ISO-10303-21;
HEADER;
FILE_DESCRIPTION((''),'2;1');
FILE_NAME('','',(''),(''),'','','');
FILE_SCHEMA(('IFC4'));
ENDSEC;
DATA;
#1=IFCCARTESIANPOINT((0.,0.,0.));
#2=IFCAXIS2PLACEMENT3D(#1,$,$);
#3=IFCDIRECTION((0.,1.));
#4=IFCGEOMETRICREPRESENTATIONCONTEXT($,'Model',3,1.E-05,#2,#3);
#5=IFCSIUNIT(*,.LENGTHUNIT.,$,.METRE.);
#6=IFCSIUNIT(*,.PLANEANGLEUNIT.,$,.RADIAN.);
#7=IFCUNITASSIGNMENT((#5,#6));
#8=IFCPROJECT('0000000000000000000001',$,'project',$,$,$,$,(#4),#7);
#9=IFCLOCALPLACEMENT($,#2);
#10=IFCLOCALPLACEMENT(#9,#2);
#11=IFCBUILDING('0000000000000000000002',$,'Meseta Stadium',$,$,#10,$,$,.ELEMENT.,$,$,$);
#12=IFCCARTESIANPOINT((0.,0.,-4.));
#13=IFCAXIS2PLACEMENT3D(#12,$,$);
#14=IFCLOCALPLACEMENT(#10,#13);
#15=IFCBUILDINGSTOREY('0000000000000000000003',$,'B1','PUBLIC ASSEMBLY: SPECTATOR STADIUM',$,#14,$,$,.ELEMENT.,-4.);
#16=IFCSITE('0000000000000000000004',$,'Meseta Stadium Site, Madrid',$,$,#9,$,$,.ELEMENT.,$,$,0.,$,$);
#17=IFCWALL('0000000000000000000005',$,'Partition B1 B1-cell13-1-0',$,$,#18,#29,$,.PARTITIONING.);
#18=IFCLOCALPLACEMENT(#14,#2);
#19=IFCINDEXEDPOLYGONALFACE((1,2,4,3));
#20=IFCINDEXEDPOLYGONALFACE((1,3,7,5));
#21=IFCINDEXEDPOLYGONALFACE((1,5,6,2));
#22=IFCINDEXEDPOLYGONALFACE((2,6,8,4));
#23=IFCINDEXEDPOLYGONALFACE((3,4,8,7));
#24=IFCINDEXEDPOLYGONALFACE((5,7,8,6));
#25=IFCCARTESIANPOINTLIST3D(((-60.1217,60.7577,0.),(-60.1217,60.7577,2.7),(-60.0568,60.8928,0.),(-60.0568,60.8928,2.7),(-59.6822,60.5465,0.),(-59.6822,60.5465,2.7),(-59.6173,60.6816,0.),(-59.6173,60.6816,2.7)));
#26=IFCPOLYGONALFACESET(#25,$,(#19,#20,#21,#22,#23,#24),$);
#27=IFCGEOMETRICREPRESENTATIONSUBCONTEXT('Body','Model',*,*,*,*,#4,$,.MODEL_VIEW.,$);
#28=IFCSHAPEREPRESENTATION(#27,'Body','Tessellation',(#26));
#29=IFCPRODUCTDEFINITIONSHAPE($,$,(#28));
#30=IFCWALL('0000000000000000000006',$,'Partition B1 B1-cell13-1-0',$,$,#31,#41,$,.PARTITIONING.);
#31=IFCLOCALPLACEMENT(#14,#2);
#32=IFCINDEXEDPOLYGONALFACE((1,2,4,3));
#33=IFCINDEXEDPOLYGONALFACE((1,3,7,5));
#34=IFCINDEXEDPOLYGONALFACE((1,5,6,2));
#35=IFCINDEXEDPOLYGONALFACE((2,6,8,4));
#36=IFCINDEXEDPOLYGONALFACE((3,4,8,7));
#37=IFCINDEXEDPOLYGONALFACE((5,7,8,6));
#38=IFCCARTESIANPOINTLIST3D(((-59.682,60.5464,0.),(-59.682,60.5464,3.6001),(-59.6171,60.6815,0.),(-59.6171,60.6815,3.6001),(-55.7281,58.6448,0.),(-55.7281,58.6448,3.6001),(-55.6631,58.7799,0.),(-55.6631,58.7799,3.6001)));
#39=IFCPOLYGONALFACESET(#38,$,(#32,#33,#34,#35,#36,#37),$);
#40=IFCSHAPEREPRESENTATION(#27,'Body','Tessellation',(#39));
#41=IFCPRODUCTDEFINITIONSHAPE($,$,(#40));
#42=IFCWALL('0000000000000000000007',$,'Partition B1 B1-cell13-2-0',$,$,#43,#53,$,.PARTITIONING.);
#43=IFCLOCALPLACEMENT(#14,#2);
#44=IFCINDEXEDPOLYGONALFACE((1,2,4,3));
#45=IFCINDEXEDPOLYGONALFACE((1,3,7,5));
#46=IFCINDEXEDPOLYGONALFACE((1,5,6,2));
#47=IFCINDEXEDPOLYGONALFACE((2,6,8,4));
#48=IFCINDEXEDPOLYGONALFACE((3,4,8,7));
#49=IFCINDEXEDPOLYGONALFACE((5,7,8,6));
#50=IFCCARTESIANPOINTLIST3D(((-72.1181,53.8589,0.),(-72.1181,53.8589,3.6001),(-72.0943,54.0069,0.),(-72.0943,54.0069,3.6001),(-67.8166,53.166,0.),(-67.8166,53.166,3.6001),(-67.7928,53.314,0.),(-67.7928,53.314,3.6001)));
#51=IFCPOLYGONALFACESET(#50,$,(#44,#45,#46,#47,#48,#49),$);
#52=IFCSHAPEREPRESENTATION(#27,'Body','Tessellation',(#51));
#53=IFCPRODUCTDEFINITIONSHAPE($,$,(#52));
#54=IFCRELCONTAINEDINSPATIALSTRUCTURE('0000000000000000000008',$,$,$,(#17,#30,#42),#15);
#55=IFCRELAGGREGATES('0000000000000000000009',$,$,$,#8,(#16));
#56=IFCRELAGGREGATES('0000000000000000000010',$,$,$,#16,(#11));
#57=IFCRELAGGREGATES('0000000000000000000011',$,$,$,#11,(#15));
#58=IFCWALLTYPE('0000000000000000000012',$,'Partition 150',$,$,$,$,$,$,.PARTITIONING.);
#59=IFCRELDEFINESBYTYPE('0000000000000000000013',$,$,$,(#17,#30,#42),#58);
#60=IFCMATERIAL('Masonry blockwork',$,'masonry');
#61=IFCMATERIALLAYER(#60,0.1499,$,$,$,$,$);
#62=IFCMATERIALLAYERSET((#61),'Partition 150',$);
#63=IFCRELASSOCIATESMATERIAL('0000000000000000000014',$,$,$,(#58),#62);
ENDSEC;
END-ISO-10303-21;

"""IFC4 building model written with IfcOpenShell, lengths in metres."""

from ifc_helpers import new_model, si_unit, direction, frame, frame_2d, origin, place, context, subcontext, project, spatial, rectangle, extrude, material, layer, layer_set, type_object, element, save


model = new_model("IFC4")

# Units and contexts
model_context = context("Model", 3, precision=1e-05, world=origin(), true_north=direction((0.0, 1.0)))
body_context = subcontext(model_context, "Body", "Model", "MODEL_VIEW")
ifc_project = project(units=[si_unit("LENGTHUNIT", "METRE"), si_unit("PLANEANGLEUNIT", "RADIAN")], contexts=[model_context])

# Site, building, storey
site_placement = place(None, origin())
site = spatial("IfcSite", under=ifc_project, at=site_placement, Name="Meseta Stadium Site, Madrid", CompositionType="ELEMENT", RefElevation=0.0)
building_placement = place(site_placement, origin())
building = spatial("IfcBuilding", under=site, at=building_placement, Name="Meseta Stadium", CompositionType="ELEMENT")
storey_placement = place(building_placement, frame((0.0, 0.0, -4.0)))
storey = spatial("IfcBuildingStorey", under=building, at=storey_placement, Name="B1", Description="PUBLIC ASSEMBLY: SPECTATOR STADIUM", CompositionType="ELEMENT", Elevation=-4.0)

# Walls
ifc_material_1 = material(Name="Masonry blockwork", Category="masonry")
ifc_layer = layer(ifc_material_1, 0.1499)
ifc_layer_set = layer_set([ifc_layer], Name="Partition 150")
wall_type = type_object("IfcWallType", Name="Partition 150", PredefinedType="PARTITIONING", material=ifc_layer_set)
for number, where, z_axis, x_axis, name in (
    (1, (-60.0891, 60.8252, 0.0), (0.0, 0.0, 1.0), (0.901328, -0.433138, 0.0), "Partition B1 B1-cell13-1-0"),
):
    element("IfcWall", number, at=place(storey_placement, frame(where, z_axis=z_axis, x_axis=x_axis)), inside=storey, type_object=wall_type, Name=name, PredefinedType="PARTITIONING", context=body_context, shape_type="SweptSolid", body=[
        extrude(rectangle(XDim=0.4875, YDim=0.1499, at=frame_2d((0.2437, 0.0))), origin(), (0.0, 0.0, 1.0), 2.7),
    ])
wall_1_placement = place(storey_placement, frame((-59.6497, 60.614, 0.0), z_axis=(0.0, 0.0, 1.0), x_axis=(0.901188, -0.433427, 0.0)))
element("IfcWall", 2, at=wall_1_placement, inside=storey, type_object=wall_type, Name="Partition B1 B1-cell13-1-0", PredefinedType="PARTITIONING", context=body_context, shape_type="SweptSolid", body=[
    extrude(rectangle(XDim=4.3875, YDim=0.1499, at=frame_2d((2.1938, 0.0))), origin(), (0.0, 0.0, 1.0), 3.6001),
])
wall_2_placement = place(storey_placement, frame((-67.8047, 53.24, 0.0), z_axis=(0.0, 0.0, 1.0), x_axis=(-0.987274, 0.159026, 0.0)))
element("IfcWall", 3, at=wall_2_placement, inside=storey, type_object=wall_type, Name="Partition B1 B1-cell13-2-0", PredefinedType="PARTITIONING", context=body_context, shape_type="SweptSolid", body=[
    extrude(rectangle(XDim=4.3569, YDim=0.1499, at=frame_2d((2.1785, 0.0))), origin(), (0.0, 0.0, 1.0), 3.6001),
])

save(model, "model.ifc")
